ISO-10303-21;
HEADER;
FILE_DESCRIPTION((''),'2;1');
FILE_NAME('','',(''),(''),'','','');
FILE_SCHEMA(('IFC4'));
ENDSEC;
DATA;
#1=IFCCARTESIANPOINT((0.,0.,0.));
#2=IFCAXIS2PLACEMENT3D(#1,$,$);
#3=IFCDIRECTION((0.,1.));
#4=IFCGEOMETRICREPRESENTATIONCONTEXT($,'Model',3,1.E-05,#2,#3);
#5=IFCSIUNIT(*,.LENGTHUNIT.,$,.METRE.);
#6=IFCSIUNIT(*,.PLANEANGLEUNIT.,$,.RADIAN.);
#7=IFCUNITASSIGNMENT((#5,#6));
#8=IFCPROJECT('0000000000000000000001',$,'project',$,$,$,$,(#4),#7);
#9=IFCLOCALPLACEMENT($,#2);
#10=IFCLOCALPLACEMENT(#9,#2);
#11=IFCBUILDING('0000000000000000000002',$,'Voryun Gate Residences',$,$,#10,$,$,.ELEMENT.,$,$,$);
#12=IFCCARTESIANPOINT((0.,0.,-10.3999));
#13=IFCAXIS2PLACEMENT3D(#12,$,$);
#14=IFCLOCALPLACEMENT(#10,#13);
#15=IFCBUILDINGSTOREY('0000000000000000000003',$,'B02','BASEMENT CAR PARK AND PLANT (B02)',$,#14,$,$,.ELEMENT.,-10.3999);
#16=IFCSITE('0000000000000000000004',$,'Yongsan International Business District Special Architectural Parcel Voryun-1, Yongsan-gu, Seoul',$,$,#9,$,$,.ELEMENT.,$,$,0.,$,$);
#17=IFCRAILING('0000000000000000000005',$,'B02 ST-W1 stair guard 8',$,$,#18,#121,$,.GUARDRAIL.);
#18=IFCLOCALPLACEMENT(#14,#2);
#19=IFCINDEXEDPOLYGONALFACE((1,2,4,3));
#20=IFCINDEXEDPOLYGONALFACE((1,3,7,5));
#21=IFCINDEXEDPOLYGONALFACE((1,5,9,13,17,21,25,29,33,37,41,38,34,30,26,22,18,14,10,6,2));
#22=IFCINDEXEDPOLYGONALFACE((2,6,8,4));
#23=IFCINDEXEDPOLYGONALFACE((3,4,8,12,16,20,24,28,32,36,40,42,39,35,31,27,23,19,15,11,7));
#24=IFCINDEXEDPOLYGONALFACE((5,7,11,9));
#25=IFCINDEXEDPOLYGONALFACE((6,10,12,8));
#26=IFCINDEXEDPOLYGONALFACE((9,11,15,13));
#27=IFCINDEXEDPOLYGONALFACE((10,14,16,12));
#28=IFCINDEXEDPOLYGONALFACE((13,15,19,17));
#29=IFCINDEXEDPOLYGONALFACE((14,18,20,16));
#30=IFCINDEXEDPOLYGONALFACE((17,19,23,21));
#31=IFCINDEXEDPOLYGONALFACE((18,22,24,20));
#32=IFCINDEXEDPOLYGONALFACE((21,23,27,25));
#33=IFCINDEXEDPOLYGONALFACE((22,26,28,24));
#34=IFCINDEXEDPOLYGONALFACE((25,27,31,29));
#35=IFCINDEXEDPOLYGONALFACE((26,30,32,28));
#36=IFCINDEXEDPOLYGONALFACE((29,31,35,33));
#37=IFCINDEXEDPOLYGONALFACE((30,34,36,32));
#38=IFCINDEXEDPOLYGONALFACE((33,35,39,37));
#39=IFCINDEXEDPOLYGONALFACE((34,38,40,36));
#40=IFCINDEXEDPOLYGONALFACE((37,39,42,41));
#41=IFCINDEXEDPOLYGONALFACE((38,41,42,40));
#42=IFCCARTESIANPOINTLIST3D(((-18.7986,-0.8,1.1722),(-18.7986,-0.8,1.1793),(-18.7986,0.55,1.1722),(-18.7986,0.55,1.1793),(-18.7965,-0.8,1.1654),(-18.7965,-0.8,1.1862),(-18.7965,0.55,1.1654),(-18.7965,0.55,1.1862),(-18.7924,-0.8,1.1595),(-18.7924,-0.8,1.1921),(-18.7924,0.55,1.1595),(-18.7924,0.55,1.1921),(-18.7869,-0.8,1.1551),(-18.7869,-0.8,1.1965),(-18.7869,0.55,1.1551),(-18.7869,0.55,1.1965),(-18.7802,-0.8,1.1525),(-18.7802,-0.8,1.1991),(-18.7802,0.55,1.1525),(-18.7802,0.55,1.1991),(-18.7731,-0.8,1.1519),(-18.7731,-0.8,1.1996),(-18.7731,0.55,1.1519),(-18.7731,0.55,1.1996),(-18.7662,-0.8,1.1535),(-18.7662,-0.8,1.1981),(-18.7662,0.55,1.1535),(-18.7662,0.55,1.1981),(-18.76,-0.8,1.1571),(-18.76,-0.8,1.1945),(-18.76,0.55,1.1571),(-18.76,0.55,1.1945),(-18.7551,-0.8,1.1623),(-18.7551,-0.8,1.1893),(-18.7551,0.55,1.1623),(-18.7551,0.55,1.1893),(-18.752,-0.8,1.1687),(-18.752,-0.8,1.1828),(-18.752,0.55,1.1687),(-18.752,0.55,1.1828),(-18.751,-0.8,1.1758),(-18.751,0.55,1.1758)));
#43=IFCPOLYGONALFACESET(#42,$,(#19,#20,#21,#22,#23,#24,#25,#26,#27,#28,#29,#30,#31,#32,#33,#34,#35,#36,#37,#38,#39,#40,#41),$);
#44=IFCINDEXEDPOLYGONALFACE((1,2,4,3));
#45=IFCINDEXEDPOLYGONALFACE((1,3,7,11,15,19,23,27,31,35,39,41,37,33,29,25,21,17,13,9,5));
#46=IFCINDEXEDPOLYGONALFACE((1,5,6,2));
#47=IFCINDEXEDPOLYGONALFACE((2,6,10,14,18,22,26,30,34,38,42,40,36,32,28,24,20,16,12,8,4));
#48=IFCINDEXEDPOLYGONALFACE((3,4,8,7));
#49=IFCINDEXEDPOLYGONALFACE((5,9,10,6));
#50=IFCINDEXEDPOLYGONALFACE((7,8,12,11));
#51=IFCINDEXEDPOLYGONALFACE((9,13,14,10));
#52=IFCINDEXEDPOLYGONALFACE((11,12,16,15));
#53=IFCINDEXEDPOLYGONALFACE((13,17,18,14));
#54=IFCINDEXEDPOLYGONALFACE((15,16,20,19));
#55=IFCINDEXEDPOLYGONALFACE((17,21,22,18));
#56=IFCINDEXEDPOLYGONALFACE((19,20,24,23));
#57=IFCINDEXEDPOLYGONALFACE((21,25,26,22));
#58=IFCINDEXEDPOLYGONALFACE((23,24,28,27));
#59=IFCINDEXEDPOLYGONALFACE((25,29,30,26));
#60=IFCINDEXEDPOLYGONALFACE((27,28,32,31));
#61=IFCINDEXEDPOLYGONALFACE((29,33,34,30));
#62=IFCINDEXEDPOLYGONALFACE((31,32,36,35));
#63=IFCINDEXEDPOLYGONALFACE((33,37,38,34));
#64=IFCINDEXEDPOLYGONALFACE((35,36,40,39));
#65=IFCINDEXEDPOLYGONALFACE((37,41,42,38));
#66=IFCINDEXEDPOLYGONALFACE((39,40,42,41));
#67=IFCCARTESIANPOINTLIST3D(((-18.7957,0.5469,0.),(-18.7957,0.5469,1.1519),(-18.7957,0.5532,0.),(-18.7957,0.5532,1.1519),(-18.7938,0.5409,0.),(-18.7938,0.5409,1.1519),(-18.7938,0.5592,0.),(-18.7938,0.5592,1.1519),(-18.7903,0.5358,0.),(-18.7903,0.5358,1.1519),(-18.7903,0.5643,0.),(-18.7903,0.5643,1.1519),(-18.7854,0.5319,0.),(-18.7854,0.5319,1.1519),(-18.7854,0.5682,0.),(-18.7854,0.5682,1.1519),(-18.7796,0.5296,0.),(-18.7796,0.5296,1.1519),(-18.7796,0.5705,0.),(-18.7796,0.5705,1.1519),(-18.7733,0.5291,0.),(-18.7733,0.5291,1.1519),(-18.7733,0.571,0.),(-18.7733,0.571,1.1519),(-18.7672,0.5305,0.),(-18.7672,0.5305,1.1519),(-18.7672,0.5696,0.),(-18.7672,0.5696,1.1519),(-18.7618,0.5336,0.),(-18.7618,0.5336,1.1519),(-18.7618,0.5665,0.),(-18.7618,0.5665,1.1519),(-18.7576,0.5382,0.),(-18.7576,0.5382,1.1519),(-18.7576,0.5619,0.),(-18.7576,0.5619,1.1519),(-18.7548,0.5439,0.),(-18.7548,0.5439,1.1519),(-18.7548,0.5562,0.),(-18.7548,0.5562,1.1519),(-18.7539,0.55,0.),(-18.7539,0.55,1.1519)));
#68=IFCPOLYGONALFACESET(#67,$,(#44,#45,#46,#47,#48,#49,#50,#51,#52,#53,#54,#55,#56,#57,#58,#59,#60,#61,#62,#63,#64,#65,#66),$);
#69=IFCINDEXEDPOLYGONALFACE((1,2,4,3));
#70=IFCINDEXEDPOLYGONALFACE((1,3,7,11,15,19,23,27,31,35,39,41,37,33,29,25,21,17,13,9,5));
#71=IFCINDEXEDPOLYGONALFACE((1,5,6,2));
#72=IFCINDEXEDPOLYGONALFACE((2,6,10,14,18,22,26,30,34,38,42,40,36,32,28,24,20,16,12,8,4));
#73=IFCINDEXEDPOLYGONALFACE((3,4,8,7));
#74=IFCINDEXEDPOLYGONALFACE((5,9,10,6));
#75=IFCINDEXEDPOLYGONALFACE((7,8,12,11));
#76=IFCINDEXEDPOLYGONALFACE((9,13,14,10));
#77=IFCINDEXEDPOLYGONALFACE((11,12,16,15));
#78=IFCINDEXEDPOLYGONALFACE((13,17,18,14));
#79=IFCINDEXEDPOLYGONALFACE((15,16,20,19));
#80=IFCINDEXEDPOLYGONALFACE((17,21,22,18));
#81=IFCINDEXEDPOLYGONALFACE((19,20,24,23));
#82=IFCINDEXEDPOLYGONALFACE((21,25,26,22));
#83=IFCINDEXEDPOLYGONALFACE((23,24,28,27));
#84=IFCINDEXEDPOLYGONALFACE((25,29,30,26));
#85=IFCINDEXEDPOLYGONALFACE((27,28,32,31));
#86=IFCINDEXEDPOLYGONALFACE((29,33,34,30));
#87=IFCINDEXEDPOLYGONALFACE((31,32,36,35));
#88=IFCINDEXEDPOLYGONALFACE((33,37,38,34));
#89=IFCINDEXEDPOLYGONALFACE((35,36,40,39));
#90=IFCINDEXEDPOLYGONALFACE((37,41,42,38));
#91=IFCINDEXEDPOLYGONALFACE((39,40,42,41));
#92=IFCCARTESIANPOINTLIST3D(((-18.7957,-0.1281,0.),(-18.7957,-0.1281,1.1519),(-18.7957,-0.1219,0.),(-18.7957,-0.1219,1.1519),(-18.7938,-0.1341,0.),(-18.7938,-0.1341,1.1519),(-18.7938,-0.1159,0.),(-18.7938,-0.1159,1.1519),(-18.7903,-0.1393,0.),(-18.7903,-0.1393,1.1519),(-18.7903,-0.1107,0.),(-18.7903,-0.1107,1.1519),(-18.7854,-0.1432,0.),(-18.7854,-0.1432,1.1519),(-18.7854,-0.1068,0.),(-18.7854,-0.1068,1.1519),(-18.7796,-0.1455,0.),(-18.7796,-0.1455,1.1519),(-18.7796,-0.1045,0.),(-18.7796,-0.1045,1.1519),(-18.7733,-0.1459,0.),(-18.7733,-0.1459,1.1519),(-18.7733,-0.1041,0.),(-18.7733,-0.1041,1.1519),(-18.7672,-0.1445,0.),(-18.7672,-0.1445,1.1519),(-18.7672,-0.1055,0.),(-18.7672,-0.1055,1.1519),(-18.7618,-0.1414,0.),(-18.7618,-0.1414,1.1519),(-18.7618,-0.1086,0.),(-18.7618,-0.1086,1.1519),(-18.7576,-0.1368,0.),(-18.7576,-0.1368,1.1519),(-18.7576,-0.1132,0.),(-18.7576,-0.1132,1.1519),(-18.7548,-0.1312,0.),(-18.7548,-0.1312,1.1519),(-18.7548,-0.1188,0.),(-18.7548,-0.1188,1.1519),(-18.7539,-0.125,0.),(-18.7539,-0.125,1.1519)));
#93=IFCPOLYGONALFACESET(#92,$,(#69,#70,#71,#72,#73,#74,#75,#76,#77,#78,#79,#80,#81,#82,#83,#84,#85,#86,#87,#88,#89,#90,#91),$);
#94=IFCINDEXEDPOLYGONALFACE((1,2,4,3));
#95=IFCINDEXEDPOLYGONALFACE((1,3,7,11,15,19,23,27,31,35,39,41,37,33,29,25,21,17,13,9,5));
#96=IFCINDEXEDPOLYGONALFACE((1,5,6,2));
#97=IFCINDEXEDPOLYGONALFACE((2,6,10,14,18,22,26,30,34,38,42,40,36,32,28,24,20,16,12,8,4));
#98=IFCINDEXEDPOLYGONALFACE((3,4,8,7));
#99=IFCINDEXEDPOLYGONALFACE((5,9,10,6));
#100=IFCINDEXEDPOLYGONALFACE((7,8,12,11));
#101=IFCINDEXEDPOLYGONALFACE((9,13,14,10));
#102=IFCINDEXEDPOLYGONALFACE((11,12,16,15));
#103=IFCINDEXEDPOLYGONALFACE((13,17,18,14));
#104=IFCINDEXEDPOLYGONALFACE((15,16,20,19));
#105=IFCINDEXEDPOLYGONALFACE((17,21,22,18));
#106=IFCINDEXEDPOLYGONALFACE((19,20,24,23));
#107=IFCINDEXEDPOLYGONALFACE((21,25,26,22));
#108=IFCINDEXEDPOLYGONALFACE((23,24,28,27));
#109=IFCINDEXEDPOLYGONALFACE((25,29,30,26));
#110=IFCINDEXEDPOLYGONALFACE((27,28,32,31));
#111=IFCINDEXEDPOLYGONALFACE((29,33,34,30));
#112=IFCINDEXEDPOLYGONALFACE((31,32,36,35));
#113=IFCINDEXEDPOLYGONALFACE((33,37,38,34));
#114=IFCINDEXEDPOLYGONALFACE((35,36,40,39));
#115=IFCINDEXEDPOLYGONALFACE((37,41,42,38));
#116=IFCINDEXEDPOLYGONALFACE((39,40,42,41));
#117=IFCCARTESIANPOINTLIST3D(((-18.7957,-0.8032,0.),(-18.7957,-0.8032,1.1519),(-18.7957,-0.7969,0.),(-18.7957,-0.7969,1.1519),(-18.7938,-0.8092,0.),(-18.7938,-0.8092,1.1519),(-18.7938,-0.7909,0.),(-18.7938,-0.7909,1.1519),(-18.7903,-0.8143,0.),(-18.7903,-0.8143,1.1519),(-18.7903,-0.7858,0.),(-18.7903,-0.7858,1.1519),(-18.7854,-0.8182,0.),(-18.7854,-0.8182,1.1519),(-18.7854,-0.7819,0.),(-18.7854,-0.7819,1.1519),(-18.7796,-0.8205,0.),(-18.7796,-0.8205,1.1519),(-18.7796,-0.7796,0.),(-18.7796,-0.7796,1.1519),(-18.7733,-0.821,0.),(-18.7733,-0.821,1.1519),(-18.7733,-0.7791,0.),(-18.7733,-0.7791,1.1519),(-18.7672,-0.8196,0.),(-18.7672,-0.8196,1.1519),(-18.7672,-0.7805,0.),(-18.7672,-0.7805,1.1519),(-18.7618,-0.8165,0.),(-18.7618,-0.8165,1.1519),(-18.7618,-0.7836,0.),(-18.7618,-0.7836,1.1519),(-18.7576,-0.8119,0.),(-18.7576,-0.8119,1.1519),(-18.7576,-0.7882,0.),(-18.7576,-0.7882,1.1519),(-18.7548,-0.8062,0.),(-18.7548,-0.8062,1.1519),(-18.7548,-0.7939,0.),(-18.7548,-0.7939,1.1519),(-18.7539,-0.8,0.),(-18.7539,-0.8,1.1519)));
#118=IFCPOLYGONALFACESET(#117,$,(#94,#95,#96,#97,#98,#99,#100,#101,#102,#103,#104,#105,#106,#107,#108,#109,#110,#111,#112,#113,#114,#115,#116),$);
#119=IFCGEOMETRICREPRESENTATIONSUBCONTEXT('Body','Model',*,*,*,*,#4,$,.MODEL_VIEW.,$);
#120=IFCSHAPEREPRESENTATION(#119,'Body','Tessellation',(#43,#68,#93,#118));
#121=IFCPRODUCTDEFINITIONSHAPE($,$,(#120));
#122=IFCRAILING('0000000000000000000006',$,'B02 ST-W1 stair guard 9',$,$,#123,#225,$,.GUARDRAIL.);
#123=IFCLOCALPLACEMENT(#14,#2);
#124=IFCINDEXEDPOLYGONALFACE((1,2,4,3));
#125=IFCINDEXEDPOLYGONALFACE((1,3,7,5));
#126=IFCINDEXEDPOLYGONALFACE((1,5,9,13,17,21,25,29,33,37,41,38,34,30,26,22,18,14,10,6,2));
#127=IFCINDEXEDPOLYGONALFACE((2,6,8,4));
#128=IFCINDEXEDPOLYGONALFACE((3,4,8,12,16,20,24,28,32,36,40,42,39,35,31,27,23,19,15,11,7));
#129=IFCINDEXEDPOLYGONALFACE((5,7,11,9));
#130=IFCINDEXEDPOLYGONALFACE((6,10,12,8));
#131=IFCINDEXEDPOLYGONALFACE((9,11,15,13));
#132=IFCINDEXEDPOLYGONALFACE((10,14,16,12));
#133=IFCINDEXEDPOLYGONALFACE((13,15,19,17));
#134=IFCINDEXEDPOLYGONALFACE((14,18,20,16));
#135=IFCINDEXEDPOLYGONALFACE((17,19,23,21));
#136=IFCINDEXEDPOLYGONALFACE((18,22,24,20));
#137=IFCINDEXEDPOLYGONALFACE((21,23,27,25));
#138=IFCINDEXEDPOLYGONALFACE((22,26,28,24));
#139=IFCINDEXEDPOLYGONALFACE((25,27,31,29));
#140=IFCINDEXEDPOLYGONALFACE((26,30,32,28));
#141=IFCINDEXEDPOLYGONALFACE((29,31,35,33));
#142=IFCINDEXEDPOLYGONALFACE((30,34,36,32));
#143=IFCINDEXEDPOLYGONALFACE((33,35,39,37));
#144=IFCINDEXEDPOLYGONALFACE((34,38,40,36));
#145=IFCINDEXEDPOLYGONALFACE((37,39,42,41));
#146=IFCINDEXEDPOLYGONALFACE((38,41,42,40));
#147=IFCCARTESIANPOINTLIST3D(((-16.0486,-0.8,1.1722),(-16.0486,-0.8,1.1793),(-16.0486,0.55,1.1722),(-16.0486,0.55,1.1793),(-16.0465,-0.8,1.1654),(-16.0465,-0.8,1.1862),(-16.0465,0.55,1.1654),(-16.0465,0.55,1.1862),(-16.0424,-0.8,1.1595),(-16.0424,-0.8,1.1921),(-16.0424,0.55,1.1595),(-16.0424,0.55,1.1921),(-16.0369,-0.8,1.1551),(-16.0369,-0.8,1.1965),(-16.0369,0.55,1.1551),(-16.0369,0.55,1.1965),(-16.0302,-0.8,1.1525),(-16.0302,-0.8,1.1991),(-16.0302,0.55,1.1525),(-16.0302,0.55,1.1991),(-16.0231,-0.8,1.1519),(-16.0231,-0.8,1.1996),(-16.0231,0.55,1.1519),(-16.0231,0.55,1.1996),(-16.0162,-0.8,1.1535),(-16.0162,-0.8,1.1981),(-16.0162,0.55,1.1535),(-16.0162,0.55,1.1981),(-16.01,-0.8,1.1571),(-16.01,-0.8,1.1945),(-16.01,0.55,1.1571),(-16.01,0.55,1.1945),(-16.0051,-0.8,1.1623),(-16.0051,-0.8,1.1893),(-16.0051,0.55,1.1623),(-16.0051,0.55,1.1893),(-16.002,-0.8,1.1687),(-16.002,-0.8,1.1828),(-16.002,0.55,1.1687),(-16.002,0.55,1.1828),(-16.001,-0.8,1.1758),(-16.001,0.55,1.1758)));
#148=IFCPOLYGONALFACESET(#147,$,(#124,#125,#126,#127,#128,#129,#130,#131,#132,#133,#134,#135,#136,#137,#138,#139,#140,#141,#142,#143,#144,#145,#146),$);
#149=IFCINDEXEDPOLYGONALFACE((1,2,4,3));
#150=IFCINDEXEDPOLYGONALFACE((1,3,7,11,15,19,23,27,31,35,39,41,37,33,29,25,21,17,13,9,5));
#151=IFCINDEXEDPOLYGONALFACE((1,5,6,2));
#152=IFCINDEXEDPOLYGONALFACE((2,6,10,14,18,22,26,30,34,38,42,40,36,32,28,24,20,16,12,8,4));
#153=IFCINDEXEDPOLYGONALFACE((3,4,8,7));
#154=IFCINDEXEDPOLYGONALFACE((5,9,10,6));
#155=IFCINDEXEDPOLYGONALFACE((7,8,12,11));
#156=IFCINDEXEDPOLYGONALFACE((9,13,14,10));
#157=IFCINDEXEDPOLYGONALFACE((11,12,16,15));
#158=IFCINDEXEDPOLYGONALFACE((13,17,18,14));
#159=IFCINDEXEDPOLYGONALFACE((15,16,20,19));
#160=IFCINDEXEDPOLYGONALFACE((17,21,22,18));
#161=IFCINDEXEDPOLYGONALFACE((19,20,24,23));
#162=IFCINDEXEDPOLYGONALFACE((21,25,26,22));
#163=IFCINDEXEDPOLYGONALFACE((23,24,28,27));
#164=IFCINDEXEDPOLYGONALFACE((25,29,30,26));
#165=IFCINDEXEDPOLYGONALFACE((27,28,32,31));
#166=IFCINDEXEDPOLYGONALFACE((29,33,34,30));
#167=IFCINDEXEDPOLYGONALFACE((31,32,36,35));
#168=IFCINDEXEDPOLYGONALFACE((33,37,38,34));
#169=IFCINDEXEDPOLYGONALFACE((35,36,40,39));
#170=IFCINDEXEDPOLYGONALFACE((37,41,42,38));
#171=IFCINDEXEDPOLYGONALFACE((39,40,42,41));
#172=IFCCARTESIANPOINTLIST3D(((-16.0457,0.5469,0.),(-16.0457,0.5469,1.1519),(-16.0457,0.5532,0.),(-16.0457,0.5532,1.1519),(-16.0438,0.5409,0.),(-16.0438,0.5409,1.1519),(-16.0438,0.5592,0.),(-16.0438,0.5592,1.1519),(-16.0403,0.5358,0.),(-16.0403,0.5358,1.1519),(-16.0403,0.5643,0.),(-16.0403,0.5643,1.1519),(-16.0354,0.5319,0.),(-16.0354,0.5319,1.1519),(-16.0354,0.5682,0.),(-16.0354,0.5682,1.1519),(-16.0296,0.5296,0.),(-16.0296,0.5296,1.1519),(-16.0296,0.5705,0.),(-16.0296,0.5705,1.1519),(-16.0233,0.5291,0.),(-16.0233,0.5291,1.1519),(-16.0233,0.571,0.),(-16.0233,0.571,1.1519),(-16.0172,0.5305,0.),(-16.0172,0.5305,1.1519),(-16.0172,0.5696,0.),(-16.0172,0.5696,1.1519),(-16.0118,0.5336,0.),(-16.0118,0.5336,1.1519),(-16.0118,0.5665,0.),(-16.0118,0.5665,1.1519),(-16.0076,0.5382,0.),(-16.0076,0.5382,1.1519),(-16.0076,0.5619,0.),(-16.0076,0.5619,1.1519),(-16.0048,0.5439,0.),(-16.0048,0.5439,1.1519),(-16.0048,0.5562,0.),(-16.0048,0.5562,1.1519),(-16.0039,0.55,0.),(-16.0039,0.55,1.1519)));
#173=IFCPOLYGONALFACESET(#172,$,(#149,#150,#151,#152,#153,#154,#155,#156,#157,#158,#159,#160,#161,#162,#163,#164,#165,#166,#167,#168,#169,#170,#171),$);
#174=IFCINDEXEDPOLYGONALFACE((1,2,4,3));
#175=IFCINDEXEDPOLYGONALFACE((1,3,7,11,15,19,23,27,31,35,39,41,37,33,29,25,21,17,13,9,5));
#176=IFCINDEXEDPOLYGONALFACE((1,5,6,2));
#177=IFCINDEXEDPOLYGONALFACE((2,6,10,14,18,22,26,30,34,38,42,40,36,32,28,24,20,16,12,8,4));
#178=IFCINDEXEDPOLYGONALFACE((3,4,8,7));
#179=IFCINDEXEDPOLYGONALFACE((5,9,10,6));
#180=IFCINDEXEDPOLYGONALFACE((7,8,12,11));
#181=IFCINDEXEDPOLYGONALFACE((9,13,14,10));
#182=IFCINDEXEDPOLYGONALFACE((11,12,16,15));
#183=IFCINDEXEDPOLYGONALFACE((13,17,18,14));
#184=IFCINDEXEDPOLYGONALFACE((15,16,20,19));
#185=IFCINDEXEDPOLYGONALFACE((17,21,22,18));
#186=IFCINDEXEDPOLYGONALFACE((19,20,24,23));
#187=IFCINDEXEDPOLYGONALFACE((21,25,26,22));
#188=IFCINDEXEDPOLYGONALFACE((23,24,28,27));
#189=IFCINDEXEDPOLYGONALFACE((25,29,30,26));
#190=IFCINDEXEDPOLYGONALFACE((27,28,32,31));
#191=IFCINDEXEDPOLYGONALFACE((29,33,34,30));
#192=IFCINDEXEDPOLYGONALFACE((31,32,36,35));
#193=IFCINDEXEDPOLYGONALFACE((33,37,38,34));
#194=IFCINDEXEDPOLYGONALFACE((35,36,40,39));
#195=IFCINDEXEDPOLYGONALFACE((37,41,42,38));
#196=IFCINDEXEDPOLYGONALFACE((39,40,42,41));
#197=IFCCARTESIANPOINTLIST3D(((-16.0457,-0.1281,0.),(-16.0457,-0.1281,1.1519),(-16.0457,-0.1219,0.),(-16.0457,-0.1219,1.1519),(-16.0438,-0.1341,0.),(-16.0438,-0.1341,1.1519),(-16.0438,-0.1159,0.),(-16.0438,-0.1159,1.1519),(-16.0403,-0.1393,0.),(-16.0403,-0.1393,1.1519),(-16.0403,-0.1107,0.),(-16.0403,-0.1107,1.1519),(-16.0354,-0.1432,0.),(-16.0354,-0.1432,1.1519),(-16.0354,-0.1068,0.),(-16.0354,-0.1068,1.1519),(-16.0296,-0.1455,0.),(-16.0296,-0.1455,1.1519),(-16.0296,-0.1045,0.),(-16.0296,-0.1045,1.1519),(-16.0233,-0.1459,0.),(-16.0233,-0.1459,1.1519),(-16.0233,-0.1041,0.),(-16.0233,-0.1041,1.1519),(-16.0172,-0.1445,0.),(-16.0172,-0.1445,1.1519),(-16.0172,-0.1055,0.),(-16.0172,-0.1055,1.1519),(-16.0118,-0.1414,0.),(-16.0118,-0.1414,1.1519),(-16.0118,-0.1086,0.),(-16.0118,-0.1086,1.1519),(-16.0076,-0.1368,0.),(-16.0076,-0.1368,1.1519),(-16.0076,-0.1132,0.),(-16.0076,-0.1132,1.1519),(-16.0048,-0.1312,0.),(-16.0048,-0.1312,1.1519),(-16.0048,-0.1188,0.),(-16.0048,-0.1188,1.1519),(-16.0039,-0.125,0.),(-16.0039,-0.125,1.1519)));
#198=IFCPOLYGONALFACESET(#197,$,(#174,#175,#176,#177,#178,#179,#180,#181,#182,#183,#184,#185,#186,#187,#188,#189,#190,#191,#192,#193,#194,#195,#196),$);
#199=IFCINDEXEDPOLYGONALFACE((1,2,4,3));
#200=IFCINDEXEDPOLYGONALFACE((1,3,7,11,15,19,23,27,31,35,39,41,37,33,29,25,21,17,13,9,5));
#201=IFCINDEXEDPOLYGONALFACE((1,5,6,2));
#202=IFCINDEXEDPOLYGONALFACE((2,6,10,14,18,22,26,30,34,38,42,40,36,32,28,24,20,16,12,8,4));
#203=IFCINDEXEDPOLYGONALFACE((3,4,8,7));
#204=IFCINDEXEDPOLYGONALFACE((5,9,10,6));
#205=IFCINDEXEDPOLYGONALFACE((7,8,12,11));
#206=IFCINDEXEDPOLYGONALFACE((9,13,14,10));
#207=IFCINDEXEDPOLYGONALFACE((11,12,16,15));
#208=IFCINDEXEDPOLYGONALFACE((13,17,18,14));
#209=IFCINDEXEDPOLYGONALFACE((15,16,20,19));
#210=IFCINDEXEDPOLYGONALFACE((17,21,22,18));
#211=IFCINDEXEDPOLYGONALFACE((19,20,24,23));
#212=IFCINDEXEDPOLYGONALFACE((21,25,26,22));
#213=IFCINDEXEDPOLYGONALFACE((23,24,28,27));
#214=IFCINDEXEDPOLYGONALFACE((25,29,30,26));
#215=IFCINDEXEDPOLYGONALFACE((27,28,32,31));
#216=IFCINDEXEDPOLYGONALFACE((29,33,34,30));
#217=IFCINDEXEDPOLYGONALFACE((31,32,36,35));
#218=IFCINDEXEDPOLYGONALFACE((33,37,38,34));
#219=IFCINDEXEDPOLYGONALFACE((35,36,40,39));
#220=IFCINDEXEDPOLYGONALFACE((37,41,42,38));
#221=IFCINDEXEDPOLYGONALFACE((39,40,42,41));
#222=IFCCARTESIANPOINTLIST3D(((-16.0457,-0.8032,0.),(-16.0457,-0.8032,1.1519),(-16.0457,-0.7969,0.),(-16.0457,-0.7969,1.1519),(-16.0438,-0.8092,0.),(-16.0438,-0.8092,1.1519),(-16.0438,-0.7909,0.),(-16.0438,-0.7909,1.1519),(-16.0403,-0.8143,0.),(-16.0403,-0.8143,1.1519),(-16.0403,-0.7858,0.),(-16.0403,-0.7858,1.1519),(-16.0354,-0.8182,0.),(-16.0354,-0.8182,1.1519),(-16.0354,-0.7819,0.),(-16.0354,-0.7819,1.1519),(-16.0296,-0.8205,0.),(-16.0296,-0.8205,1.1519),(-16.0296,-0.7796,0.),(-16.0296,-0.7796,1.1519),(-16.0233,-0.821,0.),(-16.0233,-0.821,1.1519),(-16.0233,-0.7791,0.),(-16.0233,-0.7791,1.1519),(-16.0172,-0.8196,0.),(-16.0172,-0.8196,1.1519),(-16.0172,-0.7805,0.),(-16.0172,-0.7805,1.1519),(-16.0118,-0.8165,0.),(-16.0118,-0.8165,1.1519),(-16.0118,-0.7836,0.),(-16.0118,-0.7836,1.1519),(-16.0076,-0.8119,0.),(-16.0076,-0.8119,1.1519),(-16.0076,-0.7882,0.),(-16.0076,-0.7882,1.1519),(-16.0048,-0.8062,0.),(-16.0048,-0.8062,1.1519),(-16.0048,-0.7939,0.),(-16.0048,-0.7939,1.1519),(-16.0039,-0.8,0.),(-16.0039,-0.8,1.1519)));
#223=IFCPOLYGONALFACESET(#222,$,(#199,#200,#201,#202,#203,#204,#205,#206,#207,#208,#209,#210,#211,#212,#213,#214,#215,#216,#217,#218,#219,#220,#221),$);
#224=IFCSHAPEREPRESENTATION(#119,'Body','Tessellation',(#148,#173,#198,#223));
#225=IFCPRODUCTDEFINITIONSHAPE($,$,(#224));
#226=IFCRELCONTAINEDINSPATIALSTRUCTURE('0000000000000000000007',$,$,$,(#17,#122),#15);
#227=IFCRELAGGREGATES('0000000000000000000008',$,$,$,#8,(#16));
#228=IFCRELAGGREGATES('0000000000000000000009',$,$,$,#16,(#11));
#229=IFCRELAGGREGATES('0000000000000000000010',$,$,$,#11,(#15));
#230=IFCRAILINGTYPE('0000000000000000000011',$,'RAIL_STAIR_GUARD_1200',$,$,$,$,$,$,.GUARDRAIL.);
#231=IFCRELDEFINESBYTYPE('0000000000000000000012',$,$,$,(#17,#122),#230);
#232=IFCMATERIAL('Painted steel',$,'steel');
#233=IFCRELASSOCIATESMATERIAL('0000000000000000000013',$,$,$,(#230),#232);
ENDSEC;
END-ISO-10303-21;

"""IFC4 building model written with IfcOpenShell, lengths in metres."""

from ifc_helpers import new_model, si_unit, direction, frame, origin, origin_2d, place, context, subcontext, project, spatial, circle, extrude, material, type_object, element, save


model = new_model("IFC4")

# Units and contexts
model_context = context("Model", 3, precision=1e-05, world=origin(), true_north=direction((0.0, 1.0)))
body_context = subcontext(model_context, "Body", "Model", "MODEL_VIEW")
ifc_project = project(units=[si_unit("LENGTHUNIT", "METRE"), si_unit("PLANEANGLEUNIT", "RADIAN")], contexts=[model_context])

# Site, building, storey
site_placement = place(None, origin())
site = spatial("IfcSite", under=ifc_project, at=site_placement, Name="Yongsan International Business District Special Architectural Parcel Voryun-1, Yongsan-gu, Seoul", CompositionType="ELEMENT", RefElevation=0.0)
building_placement = place(site_placement, origin())
building = spatial("IfcBuilding", under=site, at=building_placement, Name="Voryun Gate Residences", CompositionType="ELEMENT")
storey_placement = place(building_placement, frame((0.0, 0.0, -10.3999)))
storey = spatial("IfcBuildingStorey", under=building, at=storey_placement, Name="B02", Description="BASEMENT CAR PARK AND PLANT (B02)", CompositionType="ELEMENT", Elevation=-10.3999)

# Railings
ifc_material_1 = material(Name="Painted steel", Category="steel")
railing_type = type_object("IfcRailingType", Name="RAIL_STAIR_GUARD_1200", PredefinedType="GUARDRAIL", material=ifc_material_1)
for number, where, name in (
    (1, (-18.7749, 0.55, 0.0), "B02 ST-W1 stair guard 8"),
    (2, (-16.0249, 0.55, 0.0), "B02 ST-W1 stair guard 9"),
):
    element("IfcRailing", number, at=place(storey_placement, frame(where)), inside=storey, type_object=railing_type, Name=name, PredefinedType="GUARDRAIL", context=body_context, shape_type="SweptSolid", body=[
        extrude(circle(Radius=0.0239, at=origin_2d()), frame((0.0, 0.0, 1.1758), z_axis=(0.0, -1.0, 0.0), x_axis=(1.0, 0.0, 0.0)), (0.0, 0.0, 1.0), 1.3501),
        extrude(circle(Radius=0.021, at=origin_2d()), origin(), (0.0, 0.0, 1.0), 1.1519),
        extrude(circle(Radius=0.021, at=origin_2d()), frame((0.0, -0.675, 0.0)), (0.0, 0.0, 1.0), 1.1519),
        extrude(circle(Radius=0.021, at=origin_2d()), frame((0.0, -1.3501, 0.0)), (0.0, 0.0, 1.0), 1.1519),
    ])

save(model, "model.ifc")
